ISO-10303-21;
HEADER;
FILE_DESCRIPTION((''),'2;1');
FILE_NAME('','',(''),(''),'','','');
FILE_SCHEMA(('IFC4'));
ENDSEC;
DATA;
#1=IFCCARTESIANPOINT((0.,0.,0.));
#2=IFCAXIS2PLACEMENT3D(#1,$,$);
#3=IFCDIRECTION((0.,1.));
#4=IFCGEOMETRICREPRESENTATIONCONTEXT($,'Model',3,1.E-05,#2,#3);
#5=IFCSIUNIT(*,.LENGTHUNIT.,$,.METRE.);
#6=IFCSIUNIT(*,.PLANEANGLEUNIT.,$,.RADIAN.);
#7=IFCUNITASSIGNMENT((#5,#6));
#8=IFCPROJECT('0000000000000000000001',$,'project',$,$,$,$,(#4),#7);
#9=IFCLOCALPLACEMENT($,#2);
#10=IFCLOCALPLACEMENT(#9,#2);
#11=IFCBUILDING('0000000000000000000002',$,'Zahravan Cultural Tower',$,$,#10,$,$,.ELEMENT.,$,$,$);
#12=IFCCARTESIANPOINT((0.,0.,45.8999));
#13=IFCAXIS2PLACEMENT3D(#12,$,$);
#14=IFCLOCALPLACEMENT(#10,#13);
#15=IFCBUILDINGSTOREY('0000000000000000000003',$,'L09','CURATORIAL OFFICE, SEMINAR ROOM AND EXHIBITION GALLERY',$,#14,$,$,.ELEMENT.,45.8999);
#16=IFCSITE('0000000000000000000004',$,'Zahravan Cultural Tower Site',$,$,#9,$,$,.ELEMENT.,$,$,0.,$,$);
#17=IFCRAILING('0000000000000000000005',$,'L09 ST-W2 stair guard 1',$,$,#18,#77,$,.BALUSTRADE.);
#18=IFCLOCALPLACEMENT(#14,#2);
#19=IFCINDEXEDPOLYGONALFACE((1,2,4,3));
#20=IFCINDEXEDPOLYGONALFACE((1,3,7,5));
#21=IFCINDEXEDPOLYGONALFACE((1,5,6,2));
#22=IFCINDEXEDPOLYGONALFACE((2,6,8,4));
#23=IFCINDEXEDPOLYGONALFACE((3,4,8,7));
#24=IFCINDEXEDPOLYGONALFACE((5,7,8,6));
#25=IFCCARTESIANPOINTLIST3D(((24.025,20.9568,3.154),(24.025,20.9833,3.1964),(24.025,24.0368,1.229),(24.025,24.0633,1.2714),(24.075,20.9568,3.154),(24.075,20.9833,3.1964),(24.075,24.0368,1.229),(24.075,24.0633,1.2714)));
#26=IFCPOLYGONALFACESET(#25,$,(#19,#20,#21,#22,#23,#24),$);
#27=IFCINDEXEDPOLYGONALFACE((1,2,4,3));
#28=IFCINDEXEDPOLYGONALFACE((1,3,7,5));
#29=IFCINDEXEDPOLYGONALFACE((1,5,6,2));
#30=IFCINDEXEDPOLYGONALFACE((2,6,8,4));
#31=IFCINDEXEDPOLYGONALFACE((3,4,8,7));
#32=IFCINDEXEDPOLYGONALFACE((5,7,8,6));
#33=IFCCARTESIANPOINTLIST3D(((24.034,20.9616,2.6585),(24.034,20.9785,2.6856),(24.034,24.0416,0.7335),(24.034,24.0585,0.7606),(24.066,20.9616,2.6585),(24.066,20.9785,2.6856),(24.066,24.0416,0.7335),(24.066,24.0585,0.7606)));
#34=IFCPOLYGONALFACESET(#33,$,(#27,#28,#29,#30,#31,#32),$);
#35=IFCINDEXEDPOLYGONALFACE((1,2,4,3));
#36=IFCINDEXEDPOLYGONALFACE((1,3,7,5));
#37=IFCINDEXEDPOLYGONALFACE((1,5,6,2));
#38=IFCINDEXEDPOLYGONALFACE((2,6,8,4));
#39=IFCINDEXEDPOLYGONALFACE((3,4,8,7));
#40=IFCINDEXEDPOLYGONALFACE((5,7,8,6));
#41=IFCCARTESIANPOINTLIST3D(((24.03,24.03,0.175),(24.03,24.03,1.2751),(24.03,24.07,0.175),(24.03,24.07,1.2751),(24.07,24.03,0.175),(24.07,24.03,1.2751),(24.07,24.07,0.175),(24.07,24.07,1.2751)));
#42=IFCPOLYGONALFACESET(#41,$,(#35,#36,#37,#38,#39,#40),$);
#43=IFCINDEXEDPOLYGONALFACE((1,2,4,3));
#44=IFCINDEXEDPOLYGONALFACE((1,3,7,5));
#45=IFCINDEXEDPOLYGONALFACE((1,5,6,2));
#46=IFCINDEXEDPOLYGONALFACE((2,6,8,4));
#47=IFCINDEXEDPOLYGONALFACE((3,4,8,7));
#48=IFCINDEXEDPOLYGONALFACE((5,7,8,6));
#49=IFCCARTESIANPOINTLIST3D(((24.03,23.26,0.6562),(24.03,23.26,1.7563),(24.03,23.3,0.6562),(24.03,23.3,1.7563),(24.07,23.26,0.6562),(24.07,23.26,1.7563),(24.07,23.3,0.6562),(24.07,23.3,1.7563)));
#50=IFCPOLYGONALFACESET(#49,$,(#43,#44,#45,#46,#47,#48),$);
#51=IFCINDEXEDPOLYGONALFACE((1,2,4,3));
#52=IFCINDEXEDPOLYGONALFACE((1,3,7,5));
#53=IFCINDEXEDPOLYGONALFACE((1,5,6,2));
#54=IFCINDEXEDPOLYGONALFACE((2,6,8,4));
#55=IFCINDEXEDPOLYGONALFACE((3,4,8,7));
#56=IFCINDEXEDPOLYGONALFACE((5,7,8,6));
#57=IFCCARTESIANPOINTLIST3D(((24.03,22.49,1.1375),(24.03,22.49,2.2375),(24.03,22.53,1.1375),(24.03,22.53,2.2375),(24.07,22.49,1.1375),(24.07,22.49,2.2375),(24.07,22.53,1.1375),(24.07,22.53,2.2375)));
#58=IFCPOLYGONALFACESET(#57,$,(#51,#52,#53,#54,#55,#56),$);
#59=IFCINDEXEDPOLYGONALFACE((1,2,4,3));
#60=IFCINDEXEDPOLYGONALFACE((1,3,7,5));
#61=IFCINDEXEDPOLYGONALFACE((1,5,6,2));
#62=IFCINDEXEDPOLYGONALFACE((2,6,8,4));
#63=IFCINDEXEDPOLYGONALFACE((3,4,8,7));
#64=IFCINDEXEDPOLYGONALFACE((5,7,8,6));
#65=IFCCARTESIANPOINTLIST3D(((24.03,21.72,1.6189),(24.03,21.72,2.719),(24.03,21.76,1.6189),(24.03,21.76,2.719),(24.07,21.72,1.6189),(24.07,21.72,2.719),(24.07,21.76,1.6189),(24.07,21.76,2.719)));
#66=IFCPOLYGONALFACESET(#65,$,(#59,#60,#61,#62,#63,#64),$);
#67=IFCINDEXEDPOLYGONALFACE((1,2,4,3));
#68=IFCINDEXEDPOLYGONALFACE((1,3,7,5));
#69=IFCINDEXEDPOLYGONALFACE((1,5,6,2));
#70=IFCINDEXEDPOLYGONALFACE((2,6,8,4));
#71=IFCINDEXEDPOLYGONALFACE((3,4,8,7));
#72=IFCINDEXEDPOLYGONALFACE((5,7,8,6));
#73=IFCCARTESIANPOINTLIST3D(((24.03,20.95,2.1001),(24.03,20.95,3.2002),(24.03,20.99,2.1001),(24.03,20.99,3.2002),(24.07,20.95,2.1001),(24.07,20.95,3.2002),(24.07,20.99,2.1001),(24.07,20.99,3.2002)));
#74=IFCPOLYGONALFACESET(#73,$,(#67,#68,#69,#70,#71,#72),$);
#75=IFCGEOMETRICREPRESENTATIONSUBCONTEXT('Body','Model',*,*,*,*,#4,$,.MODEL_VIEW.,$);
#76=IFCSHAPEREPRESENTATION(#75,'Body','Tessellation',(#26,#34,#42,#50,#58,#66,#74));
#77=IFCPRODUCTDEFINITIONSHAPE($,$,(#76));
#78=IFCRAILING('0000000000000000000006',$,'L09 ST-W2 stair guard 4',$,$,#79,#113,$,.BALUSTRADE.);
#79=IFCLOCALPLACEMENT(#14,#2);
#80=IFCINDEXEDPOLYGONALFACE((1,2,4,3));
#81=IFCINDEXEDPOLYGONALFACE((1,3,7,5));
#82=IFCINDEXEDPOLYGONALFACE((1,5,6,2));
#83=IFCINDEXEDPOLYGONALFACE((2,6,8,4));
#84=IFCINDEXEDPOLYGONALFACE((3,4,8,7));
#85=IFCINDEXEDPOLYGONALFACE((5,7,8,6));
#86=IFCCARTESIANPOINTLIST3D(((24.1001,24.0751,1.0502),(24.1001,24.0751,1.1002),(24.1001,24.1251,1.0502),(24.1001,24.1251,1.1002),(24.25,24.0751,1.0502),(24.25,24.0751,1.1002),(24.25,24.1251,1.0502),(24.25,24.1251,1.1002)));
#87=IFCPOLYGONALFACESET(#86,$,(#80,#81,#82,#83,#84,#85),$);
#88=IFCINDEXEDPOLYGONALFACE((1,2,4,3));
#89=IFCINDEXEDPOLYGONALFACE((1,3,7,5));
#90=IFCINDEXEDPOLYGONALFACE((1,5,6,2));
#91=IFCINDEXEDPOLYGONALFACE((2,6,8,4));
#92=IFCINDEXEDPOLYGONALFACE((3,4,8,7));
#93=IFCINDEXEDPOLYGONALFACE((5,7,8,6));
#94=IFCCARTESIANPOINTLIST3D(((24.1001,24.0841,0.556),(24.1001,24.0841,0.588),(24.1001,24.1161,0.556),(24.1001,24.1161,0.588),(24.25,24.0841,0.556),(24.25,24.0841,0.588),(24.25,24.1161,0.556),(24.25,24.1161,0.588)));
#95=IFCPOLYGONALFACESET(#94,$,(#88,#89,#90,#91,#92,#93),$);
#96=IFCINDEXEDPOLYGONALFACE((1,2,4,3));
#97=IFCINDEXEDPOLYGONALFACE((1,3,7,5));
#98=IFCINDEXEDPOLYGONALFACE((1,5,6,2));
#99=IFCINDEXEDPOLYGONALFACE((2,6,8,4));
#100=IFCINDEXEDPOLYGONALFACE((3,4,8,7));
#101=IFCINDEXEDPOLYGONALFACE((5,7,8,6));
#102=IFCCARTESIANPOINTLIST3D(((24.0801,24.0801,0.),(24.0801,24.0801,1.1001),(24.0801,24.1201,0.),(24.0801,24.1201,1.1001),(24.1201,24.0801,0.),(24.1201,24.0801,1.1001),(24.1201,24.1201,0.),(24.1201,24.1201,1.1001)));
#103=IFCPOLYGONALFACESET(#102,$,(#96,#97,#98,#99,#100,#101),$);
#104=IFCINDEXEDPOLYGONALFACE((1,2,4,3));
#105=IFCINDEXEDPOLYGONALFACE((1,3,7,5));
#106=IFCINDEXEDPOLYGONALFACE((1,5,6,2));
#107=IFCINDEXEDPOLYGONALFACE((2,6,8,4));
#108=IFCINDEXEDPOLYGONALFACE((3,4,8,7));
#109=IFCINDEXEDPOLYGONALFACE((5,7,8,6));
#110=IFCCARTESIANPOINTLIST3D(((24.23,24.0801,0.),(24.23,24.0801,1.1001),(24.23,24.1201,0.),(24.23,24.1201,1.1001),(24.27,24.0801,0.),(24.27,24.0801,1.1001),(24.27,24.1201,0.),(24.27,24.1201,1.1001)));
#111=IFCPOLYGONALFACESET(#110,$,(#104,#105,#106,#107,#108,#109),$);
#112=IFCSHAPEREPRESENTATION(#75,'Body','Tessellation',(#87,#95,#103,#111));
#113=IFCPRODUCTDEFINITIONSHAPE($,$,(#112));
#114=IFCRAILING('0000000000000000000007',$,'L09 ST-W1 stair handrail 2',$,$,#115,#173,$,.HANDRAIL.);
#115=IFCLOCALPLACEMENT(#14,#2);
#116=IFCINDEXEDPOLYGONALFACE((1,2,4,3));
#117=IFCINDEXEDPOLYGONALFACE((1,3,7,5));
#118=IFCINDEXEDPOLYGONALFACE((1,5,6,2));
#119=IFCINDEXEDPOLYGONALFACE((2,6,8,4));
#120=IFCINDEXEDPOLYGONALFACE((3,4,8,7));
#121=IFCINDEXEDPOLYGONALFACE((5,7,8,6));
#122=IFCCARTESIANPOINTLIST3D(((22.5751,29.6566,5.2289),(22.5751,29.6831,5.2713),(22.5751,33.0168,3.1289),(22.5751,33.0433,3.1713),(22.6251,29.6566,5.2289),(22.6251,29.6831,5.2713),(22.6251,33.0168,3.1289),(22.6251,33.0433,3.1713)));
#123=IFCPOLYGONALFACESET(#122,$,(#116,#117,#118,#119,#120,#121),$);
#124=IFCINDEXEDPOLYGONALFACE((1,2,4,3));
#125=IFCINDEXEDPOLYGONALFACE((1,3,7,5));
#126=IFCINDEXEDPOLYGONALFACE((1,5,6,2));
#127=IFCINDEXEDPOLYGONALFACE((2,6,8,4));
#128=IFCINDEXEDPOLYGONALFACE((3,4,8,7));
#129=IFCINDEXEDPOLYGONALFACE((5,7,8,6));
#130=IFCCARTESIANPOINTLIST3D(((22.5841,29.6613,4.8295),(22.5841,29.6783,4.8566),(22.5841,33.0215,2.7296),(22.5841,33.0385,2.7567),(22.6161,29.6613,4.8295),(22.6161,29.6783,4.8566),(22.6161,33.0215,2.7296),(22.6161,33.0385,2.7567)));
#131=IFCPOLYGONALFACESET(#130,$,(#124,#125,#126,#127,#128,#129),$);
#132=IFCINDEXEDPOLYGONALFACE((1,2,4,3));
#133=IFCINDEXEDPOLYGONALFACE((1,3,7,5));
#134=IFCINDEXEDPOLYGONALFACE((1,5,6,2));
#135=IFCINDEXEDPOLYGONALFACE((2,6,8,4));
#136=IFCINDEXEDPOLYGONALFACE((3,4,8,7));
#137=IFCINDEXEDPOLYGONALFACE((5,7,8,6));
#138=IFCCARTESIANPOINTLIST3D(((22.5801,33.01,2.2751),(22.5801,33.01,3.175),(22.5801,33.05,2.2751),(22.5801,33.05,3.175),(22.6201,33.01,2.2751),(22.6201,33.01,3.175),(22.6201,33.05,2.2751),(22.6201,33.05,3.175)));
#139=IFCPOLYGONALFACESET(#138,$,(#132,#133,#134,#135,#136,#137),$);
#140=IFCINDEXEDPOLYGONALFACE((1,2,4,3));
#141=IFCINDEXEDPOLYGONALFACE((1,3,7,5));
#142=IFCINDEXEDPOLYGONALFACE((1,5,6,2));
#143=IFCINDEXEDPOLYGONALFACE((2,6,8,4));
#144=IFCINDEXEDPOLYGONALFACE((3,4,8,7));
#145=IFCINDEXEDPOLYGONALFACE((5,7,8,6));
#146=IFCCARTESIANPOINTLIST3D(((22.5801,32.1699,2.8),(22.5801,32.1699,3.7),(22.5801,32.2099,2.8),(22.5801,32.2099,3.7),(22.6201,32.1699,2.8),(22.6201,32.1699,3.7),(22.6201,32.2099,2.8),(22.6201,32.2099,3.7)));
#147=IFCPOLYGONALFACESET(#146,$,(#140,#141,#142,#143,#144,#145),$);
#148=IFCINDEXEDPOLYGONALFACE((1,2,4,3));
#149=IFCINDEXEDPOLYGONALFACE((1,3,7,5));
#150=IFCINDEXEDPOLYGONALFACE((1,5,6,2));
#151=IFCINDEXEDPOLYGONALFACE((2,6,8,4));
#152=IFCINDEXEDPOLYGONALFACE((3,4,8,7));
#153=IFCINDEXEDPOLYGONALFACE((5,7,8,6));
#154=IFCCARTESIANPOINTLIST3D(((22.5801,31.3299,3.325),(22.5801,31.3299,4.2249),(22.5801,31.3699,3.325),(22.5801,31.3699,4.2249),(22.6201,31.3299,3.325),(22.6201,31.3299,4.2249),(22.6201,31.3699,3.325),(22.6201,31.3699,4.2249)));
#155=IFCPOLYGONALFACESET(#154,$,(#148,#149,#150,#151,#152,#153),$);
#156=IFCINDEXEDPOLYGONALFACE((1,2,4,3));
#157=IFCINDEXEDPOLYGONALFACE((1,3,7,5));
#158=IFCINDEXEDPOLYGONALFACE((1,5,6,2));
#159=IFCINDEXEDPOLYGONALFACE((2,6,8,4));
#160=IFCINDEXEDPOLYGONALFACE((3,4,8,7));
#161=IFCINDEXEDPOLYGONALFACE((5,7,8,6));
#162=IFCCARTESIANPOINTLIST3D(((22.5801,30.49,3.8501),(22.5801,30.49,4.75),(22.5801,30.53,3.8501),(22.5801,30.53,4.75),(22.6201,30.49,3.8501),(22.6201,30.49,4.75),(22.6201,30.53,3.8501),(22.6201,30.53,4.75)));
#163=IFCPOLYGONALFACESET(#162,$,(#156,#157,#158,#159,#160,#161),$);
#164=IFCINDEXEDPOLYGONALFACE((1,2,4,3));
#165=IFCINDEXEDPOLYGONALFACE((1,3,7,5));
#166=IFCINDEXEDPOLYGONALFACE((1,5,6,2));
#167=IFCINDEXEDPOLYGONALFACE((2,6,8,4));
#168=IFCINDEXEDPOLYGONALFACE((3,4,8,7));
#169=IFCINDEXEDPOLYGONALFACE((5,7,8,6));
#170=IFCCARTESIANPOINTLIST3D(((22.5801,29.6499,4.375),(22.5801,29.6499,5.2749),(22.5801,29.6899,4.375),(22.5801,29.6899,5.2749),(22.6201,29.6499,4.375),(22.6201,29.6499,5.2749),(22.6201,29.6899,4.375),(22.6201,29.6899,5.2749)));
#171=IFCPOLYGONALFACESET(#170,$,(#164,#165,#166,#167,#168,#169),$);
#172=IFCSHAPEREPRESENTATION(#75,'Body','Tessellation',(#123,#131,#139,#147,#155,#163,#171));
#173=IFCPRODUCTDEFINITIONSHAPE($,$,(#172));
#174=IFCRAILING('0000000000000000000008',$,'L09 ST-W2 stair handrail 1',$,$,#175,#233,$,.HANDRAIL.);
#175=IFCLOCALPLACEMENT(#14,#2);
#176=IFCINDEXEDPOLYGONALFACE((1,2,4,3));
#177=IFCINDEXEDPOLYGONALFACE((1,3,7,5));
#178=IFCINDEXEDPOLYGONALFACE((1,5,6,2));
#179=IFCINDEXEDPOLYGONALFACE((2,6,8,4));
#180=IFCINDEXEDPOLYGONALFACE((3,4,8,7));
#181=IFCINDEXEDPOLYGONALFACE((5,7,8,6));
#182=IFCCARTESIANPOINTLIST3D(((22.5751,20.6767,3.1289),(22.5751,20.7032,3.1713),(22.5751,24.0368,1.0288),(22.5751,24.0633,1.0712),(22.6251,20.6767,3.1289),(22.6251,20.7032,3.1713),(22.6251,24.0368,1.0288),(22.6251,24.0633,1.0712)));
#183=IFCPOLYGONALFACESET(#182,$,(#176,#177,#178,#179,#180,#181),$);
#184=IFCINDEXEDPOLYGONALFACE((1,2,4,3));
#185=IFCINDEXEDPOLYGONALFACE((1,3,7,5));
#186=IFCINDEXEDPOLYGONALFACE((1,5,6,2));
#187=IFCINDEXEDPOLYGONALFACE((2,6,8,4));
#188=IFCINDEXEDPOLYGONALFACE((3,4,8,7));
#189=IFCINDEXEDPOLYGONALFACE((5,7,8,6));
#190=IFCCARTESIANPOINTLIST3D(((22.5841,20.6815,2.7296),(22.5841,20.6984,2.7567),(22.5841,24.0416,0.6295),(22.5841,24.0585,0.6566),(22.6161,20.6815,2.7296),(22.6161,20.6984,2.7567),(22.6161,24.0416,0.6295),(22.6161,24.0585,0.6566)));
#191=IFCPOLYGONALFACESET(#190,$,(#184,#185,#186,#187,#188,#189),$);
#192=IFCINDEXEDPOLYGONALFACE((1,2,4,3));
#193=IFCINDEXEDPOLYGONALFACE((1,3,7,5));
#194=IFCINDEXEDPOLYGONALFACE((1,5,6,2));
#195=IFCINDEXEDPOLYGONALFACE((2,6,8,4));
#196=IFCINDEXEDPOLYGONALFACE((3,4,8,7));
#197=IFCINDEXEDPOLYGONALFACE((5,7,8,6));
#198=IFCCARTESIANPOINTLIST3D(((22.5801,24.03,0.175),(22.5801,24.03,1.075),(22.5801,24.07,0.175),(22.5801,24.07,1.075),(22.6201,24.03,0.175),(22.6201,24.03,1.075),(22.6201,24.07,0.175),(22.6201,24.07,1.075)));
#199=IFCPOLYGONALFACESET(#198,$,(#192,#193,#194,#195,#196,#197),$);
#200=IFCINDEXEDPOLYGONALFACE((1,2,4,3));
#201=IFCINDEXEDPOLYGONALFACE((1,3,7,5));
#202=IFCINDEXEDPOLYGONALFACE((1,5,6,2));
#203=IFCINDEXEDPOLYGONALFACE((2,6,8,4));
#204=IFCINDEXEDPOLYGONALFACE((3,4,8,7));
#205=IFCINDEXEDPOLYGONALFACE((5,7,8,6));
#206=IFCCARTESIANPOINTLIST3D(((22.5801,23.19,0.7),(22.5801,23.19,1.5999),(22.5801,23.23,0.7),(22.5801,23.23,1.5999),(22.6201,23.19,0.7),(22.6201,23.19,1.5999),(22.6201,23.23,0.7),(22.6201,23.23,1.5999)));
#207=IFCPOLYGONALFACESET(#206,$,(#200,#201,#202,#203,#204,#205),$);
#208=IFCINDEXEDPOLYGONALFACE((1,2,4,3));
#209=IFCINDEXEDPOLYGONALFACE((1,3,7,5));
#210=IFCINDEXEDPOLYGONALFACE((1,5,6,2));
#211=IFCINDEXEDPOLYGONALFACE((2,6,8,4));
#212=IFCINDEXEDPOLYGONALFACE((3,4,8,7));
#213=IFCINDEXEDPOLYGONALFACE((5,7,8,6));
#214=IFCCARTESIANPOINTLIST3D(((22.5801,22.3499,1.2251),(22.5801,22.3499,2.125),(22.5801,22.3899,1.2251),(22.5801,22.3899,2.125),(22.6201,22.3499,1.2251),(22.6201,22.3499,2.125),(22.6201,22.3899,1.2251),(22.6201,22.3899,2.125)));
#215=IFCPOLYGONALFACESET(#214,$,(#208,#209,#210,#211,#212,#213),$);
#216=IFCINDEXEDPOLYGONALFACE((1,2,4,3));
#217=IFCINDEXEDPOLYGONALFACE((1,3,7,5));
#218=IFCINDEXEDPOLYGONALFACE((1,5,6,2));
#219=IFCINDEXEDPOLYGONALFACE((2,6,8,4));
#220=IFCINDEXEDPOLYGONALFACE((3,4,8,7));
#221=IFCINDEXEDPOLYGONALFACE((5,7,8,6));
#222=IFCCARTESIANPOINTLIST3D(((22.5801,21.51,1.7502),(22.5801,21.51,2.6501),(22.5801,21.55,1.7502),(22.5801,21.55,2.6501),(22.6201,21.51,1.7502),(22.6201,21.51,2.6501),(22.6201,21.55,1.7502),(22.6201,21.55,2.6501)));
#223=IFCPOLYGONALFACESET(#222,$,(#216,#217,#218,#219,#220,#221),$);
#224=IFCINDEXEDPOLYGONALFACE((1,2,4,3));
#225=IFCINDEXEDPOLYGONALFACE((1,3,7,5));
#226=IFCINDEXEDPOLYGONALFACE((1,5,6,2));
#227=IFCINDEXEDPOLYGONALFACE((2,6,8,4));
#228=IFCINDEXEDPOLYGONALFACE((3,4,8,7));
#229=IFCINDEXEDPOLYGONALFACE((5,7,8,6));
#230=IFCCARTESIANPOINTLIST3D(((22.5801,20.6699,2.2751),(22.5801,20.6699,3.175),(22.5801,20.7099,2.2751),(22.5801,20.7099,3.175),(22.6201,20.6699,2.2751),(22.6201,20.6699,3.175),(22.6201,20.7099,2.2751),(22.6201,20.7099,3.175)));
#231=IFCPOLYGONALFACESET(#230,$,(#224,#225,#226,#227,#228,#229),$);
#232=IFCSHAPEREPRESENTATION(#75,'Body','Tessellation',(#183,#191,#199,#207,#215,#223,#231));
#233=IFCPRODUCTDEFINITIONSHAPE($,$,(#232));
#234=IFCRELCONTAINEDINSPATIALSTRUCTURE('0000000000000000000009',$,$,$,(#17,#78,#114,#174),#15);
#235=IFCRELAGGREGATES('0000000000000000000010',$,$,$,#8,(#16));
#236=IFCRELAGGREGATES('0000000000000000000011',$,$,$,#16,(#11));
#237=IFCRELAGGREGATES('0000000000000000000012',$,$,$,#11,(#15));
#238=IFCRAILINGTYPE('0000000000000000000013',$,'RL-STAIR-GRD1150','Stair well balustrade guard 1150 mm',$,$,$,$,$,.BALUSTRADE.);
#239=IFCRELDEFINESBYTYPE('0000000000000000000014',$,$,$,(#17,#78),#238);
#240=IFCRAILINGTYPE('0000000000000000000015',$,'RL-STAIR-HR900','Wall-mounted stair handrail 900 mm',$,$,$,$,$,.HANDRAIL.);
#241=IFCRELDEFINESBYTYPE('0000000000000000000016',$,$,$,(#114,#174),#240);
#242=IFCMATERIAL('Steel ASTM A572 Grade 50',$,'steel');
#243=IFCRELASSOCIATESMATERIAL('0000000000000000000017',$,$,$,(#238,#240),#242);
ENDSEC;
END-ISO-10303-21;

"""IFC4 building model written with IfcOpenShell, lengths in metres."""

from ifc_helpers import new_model, si_unit, direction, frame, origin, origin_2d, place, context, subcontext, project, spatial, rectangle, extrude, material, type_object, element, save


model = new_model("IFC4")

# Units and contexts
model_context = context("Model", 3, precision=1e-05, world=origin(), true_north=direction((0.0, 1.0)))
body_context = subcontext(model_context, "Body", "Model", "MODEL_VIEW")
ifc_project = project(units=[si_unit("LENGTHUNIT", "METRE"), si_unit("PLANEANGLEUNIT", "RADIAN")], contexts=[model_context])

# Site, building, storey
site_placement = place(None, origin())
site = spatial("IfcSite", under=ifc_project, at=site_placement, Name="Zahravan Cultural Tower Site", CompositionType="ELEMENT", RefElevation=0.0)
building_placement = place(site_placement, origin())
building = spatial("IfcBuilding", under=site, at=building_placement, Name="Zahravan Cultural Tower", CompositionType="ELEMENT")
storey_placement = place(building_placement, frame((0.0, 0.0, 45.8999)))
storey = spatial("IfcBuildingStorey", under=building, at=storey_placement, Name="L09", Description="CURATORIAL OFFICE, SEMINAR ROOM AND EXHIBITION GALLERY", CompositionType="ELEMENT", Elevation=45.8999)

# Shared definitions
ifc_material_1 = material(Name="Steel ASTM A572 Grade 50", Category="steel")

# Railings
railing_type_1 = type_object("IfcRailingType", Name="RL-STAIR-GRD1150", Description="Stair well balustrade guard 1150 mm", PredefinedType="BALUSTRADE", material=ifc_material_1)
railing_1_placement = place(storey_placement, frame((24.05, 24.05, 0.175)))
element("IfcRailing", 1, at=railing_1_placement, inside=storey, type_object=railing_type_1, Name="L09 ST-W2 stair guard 1", PredefinedType="BALUSTRADE", context=body_context, shape_type="SweptSolid", body=[
    extrude(rectangle(XDim=0.05, YDim=0.05, at=origin_2d()), frame((0.0, 0.0, 1.0752), z_axis=(0.0, -0.847998, 0.529999), x_axis=(1.0, 0.0, 0.0)), (0.0, 0.0, 1.0), 3.6321),
    extrude(rectangle(XDim=0.032, YDim=0.032, at=origin_2d()), frame((0.0, 0.0, 0.572), z_axis=(0.0, -0.847998, 0.529999), x_axis=(1.0, 0.0, 0.0)), (0.0, 0.0, 1.0), 3.6321),
    extrude(rectangle(XDim=0.04, YDim=0.04, at=origin_2d()), origin(), (0.0, 0.0, 1.0), 1.1001),
    extrude(rectangle(XDim=0.04, YDim=0.04, at=origin_2d()), frame((0.0, -0.77, 0.4812)), (0.0, 0.0, 1.0), 1.1001),
    extrude(rectangle(XDim=0.04, YDim=0.04, at=origin_2d()), frame((0.0, -1.54, 0.9624)), (0.0, 0.0, 1.0), 1.1001),
    extrude(rectangle(XDim=0.04, YDim=0.04, at=origin_2d()), frame((0.0, -2.3101, 1.4438)), (0.0, 0.0, 1.0), 1.1001),
    extrude(rectangle(XDim=0.04, YDim=0.04, at=origin_2d()), frame((0.0, -3.0801, 1.925)), (0.0, 0.0, 1.0), 1.1001),
])
railing_2_placement = place(storey_placement, frame((24.1001, 24.1001, 0.0)))
element("IfcRailing", 2, at=railing_2_placement, inside=storey, type_object=railing_type_1, Name="L09 ST-W2 stair guard 4", PredefinedType="BALUSTRADE", context=body_context, shape_type="SweptSolid", body=[
    extrude(rectangle(XDim=0.05, YDim=0.05, at=origin_2d()), frame((0.0, 0.0, 1.0752), z_axis=(1.0, 0.0, 0.0), x_axis=(0.0, 1.0, 0.0)), (0.0, 0.0, 1.0), 0.1499),
    extrude(rectangle(XDim=0.032, YDim=0.032, at=origin_2d()), frame((0.0, 0.0, 0.572), z_axis=(1.0, 0.0, 0.0), x_axis=(0.0, 1.0, 0.0)), (0.0, 0.0, 1.0), 0.1499),
    extrude(rectangle(XDim=0.04, YDim=0.04, at=origin_2d()), origin(), (0.0, 0.0, 1.0), 1.1001),
    extrude(rectangle(XDim=0.04, YDim=0.04, at=origin_2d()), frame((0.1499, 0.0, 0.0)), (0.0, 0.0, 1.0), 1.1001),
])
railing_type_2 = type_object("IfcRailingType", Name="RL-STAIR-HR900", Description="Wall-mounted stair handrail 900 mm", PredefinedType="HANDRAIL", material=ifc_material_1)
railing_3_placement = place(storey_placement, frame((22.6001, 33.03, 2.2751)))
element("IfcRailing", 3, at=railing_3_placement, inside=storey, type_object=railing_type_2, Name="L09 ST-W1 stair handrail 2", PredefinedType="HANDRAIL", context=body_context, shape_type="SweptSolid", body=[
    extrude(rectangle(XDim=0.05, YDim=0.05, at=origin_2d()), frame((0.0, 0.0, 0.875), z_axis=(0.0, -0.848023, 0.52996), x_axis=(1.0, 0.0, 0.0)), (0.0, 0.0, 1.0), 3.9624),
    extrude(rectangle(XDim=0.032, YDim=0.032, at=origin_2d()), frame((0.0, 0.0, 0.468), z_axis=(0.0, -0.848023, 0.52996), x_axis=(1.0, 0.0, 0.0)), (0.0, 0.0, 1.0), 3.9624),
    extrude(rectangle(XDim=0.04, YDim=0.04, at=origin_2d()), origin(), (0.0, 0.0, 1.0), 0.8999),
    extrude(rectangle(XDim=0.04, YDim=0.04, at=origin_2d()), frame((0.0, -0.8401, 0.5249)), (0.0, 0.0, 1.0), 0.8999),
    extrude(rectangle(XDim=0.04, YDim=0.04, at=origin_2d()), frame((0.0, -1.6802, 1.0498)), (0.0, 0.0, 1.0), 0.8999),
    extrude(rectangle(XDim=0.04, YDim=0.04, at=origin_2d()), frame((0.0, -2.52, 1.575)), (0.0, 0.0, 1.0), 0.8999),
    extrude(rectangle(XDim=0.04, YDim=0.04, at=origin_2d()), frame((0.0, -3.3601, 2.0999)), (0.0, 0.0, 1.0), 0.8999),
])
railing_4_placement = place(storey_placement, frame((22.6001, 24.05, 0.175)))
element("IfcRailing", 4, at=railing_4_placement, inside=storey, type_object=railing_type_2, Name="L09 ST-W2 stair handrail 1", PredefinedType="HANDRAIL", context=body_context, shape_type="SweptSolid", body=[
    extrude(rectangle(XDim=0.05, YDim=0.05, at=origin_2d()), frame((0.0, 0.0, 0.875), z_axis=(0.0, -0.847995, 0.530004), x_axis=(1.0, 0.0, 0.0)), (0.0, 0.0, 1.0), 3.9624),
    extrude(rectangle(XDim=0.032, YDim=0.032, at=origin_2d()), frame((0.0, 0.0, 0.468), z_axis=(0.0, -0.847995, 0.530004), x_axis=(1.0, 0.0, 0.0)), (0.0, 0.0, 1.0), 3.9624),
    extrude(rectangle(XDim=0.04, YDim=0.04, at=origin_2d()), origin(), (0.0, 0.0, 1.0), 0.8999),
    extrude(rectangle(XDim=0.04, YDim=0.04, at=origin_2d()), frame((0.0, -0.8401, 0.5249)), (0.0, 0.0, 1.0), 0.8999),
    extrude(rectangle(XDim=0.04, YDim=0.04, at=origin_2d()), frame((0.0, -1.6802, 1.05)), (0.0, 0.0, 1.0), 0.8999),
    extrude(rectangle(XDim=0.04, YDim=0.04, at=origin_2d()), frame((0.0, -2.52, 1.5752)), (0.0, 0.0, 1.0), 0.8999),
    extrude(rectangle(XDim=0.04, YDim=0.04, at=origin_2d()), frame((0.0, -3.3601, 2.1001)), (0.0, 0.0, 1.0), 0.8999),
])

save(model, "model.ifc")
